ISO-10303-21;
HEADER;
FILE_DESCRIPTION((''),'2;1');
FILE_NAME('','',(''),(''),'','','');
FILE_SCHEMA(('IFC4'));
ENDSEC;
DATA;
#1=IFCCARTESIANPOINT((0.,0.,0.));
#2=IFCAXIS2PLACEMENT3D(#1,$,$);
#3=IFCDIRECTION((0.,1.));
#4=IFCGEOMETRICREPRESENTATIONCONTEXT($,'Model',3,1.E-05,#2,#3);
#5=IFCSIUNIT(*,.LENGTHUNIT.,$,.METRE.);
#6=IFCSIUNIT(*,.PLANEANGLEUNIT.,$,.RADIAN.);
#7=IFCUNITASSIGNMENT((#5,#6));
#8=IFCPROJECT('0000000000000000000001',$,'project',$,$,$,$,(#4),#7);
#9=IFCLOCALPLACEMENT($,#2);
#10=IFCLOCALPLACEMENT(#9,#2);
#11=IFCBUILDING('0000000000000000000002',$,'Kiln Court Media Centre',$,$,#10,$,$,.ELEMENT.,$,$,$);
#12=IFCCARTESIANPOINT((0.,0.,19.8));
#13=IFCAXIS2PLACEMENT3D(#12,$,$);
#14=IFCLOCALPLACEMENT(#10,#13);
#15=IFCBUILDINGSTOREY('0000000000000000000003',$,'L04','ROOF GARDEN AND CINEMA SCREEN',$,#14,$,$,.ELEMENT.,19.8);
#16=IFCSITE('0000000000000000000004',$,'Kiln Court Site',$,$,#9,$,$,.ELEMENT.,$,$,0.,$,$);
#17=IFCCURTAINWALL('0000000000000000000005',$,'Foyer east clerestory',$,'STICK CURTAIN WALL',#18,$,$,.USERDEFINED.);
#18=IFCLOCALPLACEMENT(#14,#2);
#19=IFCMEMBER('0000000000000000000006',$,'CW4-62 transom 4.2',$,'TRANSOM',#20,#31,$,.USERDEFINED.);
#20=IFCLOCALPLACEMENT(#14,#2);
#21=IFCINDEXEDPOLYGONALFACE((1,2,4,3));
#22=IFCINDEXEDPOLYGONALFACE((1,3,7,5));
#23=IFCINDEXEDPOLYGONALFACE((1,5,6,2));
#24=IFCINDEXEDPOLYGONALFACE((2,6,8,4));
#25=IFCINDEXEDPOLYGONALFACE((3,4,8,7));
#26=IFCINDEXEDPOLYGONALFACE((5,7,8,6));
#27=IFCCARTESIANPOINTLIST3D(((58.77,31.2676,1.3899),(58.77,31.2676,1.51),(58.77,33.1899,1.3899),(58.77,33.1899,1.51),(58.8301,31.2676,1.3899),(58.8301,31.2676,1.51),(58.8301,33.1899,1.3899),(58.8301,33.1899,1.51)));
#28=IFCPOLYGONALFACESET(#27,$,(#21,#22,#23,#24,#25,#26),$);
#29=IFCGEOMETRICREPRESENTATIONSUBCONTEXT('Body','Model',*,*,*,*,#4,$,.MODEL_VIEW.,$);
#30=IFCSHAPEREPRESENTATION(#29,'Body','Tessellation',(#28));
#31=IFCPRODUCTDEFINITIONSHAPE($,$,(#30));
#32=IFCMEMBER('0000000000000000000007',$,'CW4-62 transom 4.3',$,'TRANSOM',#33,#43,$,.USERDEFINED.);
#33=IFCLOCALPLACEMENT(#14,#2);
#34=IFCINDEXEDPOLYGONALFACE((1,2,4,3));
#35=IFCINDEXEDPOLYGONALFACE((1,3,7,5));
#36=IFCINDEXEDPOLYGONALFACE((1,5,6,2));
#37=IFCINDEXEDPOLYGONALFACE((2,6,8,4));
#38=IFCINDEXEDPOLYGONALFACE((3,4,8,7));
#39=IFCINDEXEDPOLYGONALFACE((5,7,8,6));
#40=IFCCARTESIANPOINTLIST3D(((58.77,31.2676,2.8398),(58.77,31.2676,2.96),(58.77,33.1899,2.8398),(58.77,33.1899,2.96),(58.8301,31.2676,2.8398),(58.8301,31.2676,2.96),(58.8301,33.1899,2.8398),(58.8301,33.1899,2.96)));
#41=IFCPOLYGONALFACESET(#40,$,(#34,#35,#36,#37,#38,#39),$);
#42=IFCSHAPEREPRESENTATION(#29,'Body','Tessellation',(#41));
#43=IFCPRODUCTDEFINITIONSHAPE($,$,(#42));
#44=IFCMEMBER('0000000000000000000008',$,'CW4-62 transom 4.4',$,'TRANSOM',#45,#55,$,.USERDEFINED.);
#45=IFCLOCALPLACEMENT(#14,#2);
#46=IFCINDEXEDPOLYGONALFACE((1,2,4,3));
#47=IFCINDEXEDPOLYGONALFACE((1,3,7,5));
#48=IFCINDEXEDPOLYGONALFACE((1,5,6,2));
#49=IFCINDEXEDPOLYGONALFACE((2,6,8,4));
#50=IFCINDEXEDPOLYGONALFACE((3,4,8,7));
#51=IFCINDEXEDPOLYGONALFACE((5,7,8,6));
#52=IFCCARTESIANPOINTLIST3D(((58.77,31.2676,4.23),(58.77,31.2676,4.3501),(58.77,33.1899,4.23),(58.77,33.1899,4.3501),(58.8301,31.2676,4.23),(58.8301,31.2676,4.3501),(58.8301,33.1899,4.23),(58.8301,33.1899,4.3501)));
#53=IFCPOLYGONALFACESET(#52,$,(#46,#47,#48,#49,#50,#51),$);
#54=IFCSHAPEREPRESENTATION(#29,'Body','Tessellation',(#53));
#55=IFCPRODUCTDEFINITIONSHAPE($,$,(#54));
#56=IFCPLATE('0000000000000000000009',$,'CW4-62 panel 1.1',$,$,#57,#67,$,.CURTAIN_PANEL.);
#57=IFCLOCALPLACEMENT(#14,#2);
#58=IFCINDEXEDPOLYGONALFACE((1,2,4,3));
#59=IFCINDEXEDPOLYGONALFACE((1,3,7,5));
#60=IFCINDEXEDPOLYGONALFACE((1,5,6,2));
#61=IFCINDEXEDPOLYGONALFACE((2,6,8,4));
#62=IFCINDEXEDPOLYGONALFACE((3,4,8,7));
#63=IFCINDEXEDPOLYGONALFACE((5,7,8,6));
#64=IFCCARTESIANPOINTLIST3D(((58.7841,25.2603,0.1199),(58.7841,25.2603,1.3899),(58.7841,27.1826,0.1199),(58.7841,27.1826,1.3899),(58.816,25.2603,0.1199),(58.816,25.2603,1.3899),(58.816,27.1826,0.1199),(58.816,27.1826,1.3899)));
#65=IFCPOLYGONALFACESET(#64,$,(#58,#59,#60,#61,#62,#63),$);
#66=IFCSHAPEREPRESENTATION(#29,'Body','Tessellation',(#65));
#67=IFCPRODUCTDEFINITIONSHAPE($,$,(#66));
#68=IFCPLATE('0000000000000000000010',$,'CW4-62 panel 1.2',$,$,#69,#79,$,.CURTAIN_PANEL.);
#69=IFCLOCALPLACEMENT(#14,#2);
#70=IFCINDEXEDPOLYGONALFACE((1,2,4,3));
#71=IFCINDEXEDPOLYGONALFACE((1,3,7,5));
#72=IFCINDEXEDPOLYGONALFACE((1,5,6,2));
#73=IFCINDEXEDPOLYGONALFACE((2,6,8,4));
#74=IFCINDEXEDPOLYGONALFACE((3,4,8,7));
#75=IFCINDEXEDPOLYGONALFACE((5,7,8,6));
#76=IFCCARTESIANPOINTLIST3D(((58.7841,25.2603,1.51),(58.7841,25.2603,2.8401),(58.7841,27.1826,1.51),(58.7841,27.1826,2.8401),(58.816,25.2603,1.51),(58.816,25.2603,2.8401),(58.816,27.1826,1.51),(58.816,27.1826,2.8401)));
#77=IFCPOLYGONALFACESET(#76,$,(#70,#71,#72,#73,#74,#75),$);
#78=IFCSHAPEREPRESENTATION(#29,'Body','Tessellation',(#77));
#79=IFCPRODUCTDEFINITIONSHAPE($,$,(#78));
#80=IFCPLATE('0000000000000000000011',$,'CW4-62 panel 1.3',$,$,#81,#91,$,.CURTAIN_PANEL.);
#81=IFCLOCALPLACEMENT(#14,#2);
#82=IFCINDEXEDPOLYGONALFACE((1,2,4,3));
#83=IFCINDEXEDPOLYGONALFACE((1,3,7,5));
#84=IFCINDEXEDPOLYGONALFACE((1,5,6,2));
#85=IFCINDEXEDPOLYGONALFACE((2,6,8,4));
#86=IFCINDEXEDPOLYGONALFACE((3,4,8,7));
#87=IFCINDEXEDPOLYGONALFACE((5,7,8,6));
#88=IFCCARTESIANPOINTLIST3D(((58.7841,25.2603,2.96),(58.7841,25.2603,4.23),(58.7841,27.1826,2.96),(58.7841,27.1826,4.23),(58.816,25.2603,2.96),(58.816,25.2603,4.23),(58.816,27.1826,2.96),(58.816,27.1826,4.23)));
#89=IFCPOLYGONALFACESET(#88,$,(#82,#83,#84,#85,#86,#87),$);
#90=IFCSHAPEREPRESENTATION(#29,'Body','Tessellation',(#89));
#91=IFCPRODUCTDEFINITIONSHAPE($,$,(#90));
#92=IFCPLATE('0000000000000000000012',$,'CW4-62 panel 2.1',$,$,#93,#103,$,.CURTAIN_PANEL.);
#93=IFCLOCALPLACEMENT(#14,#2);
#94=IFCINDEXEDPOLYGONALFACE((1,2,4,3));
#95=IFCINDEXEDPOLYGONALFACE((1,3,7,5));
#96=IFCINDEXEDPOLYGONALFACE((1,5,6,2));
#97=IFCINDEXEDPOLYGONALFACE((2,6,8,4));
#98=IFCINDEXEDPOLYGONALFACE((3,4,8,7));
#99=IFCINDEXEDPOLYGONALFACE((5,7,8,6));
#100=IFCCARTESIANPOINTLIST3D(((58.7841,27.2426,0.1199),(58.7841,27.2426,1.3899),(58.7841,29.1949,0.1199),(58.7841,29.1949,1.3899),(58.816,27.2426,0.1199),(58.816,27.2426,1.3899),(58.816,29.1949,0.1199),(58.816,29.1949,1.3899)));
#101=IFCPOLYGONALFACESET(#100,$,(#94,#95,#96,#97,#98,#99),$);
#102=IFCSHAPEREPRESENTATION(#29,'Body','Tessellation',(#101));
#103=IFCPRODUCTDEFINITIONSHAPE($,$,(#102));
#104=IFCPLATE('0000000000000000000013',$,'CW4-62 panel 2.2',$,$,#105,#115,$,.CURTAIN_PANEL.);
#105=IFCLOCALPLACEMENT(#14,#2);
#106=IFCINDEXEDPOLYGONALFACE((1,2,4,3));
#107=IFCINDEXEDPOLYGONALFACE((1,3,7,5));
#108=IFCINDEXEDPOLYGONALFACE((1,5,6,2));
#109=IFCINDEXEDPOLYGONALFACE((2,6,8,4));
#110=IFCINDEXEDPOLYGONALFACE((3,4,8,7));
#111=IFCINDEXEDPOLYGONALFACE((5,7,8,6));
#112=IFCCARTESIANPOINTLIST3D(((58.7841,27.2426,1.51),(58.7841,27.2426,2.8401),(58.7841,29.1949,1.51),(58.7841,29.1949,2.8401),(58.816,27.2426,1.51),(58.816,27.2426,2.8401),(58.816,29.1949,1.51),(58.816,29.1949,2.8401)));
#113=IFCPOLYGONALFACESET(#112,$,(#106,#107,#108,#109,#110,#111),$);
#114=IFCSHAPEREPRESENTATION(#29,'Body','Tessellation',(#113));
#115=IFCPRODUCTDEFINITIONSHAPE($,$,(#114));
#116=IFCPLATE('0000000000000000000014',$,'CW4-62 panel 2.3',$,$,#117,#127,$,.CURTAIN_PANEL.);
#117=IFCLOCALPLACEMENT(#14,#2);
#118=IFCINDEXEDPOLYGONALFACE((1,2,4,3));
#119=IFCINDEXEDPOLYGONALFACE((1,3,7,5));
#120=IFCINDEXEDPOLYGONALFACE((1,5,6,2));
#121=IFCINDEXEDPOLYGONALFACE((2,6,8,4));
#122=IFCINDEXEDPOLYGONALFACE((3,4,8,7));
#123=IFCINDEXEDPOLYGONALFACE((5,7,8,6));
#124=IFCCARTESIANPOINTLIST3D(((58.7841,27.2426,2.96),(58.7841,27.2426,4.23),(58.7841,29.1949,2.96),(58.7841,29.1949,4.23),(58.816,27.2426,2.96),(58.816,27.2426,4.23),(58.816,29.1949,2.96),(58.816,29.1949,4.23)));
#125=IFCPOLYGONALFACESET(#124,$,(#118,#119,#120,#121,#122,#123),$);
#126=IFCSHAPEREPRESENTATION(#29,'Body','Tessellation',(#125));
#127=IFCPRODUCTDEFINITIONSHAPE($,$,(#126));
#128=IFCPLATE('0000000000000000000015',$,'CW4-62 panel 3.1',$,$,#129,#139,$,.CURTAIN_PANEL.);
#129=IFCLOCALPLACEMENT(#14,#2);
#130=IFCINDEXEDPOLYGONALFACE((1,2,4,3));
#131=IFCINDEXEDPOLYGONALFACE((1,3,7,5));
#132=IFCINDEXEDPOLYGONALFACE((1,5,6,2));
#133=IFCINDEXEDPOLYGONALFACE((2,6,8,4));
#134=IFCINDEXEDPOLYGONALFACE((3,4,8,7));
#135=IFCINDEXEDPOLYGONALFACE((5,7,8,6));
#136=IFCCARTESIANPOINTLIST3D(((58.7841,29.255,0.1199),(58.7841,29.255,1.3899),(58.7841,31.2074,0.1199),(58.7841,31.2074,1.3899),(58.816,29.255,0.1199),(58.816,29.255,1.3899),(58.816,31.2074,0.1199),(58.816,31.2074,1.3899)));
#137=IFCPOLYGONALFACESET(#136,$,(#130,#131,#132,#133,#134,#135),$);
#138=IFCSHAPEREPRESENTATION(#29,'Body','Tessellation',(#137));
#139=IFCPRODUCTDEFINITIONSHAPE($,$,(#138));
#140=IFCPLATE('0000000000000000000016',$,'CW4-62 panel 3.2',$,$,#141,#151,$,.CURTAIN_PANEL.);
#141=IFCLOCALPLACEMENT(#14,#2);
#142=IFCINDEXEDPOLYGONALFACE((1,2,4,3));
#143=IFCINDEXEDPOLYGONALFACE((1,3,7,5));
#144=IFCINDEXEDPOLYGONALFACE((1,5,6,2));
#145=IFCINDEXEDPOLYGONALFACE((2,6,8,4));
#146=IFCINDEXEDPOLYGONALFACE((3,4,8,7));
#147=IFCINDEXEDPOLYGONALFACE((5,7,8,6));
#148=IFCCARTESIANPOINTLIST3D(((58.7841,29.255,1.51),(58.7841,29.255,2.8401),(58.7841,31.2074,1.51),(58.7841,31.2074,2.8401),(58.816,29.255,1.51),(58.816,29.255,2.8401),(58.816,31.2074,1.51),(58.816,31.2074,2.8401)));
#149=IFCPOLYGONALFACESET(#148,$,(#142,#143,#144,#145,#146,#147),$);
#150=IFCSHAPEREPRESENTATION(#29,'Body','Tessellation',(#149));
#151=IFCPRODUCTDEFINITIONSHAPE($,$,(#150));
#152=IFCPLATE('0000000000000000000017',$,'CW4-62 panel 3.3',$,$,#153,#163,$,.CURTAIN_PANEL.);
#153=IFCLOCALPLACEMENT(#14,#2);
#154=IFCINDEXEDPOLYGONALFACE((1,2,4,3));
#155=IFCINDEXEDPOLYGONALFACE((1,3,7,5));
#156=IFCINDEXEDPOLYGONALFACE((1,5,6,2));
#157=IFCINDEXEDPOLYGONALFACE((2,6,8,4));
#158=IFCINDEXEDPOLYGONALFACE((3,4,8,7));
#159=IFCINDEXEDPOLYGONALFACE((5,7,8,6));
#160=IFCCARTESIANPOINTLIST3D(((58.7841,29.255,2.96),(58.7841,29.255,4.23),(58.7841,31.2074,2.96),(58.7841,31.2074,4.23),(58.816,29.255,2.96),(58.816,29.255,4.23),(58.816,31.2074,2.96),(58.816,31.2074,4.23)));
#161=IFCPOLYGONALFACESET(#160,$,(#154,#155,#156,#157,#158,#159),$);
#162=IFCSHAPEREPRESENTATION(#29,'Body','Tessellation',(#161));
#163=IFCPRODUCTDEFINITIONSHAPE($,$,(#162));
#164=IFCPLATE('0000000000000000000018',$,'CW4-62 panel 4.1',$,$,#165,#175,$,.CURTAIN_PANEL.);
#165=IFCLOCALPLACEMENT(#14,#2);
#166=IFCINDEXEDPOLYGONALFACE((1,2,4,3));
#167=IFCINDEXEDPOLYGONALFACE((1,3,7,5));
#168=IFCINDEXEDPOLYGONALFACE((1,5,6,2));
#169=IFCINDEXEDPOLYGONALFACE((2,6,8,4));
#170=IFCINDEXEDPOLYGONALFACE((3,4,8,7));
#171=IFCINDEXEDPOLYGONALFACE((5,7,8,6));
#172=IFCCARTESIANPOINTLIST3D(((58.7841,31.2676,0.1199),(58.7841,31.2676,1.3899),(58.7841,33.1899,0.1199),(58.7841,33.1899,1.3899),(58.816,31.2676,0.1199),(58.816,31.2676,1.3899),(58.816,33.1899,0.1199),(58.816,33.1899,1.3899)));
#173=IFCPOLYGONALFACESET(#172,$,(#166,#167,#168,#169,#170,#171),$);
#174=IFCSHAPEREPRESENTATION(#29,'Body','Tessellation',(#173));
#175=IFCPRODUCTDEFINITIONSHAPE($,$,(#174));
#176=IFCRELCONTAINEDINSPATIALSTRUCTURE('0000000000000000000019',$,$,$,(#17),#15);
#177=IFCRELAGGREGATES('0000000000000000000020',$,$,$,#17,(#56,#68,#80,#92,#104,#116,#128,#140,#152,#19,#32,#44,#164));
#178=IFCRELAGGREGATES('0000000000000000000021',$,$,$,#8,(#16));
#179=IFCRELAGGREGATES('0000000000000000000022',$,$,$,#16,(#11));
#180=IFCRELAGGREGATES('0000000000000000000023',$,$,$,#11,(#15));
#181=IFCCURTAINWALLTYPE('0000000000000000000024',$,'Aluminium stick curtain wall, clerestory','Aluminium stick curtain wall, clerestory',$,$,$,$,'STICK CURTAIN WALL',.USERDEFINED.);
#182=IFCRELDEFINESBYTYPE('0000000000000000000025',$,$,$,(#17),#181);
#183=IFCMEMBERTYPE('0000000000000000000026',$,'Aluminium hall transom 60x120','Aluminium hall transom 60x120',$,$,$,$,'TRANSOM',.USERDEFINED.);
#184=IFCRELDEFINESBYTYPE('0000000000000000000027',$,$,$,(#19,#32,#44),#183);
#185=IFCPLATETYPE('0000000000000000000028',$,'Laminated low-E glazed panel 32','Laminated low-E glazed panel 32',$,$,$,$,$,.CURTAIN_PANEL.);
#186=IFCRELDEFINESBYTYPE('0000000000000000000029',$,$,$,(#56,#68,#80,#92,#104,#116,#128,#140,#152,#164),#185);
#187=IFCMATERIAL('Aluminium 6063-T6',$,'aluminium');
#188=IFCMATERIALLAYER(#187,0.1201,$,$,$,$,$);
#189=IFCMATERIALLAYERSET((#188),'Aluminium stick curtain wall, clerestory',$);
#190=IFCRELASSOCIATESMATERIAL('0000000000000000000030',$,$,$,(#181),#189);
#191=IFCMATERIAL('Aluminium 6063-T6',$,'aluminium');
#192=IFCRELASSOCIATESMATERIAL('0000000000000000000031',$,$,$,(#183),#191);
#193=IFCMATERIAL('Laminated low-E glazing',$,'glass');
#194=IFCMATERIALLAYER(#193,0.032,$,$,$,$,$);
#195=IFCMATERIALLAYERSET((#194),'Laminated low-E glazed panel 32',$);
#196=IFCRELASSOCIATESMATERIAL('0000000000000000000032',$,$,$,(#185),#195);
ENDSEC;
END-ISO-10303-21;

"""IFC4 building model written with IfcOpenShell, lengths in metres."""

from ifc_helpers import new_model, si_unit, direction, frame, origin, origin_2d, place, context, subcontext, project, spatial, rectangle, extrude, material, layer, layer_set, material_profile, profile_set, type_object, element, aggregate, save


model = new_model("IFC4")

# Units and contexts
model_context = context("Model", 3, precision=1e-05, world=origin(), true_north=direction((0.0, 1.0)))
body_context = subcontext(model_context, "Body", "Model", "MODEL_VIEW")
ifc_project = project(units=[si_unit("LENGTHUNIT", "METRE"), si_unit("PLANEANGLEUNIT", "RADIAN")], contexts=[model_context])

# Site, building, storey
site_placement = place(None, origin())
site = spatial("IfcSite", under=ifc_project, at=site_placement, Name="Kiln Court Site", CompositionType="ELEMENT", RefElevation=0.0)
building_placement = place(site_placement, origin())
building = spatial("IfcBuilding", under=site, at=building_placement, Name="Kiln Court Media Centre", CompositionType="ELEMENT")
storey_placement = place(building_placement, frame((0.0, 0.0, 19.8)))
storey = spatial("IfcBuildingStorey", under=building, at=storey_placement, Name="L04", Description="ROOF GARDEN AND CINEMA SCREEN", CompositionType="ELEMENT", Elevation=19.8)

# Curtain wall, members, plates
ifc_material_1 = material(Name="Aluminium 6063-T6", Category="aluminium")
ifc_layer_1 = layer(ifc_material_1, 0.1201)
ifc_layer_set_1 = layer_set([ifc_layer_1], Name="Aluminium stick curtain wall, clerestory")
curtain_wall_type = type_object("IfcCurtainWallType", Name="Aluminium stick curtain wall, clerestory", Description="Aluminium stick curtain wall, clerestory", ElementType="STICK CURTAIN WALL", PredefinedType="USERDEFINED", material=ifc_layer_set_1)
curtain_wall_placement = place(storey_placement, origin())
curtain_wall = element("IfcCurtainWall", 1, at=curtain_wall_placement, inside=storey, type_object=curtain_wall_type, Name="Foyer east clerestory", ObjectType="STICK CURTAIN WALL", PredefinedType="USERDEFINED")
ifc_material_2 = material(Name="Aluminium 6063-T6", Category="aluminium")
ifc_material_profile_1 = material_profile(ifc_material_2, rectangle(XDim=0.0601, YDim=0.1201, at=origin_2d()), Name="Aluminium hall transom 60x120")
ifc_profile_set_1 = profile_set([ifc_material_profile_1], Name="Aluminium 6063-T6")
member_type_1 = type_object("IfcMemberType", Name="Aluminium hall transom 60x120", Description="Aluminium hall transom 60x120", ElementType="TRANSOM", PredefinedType="USERDEFINED", material=ifc_profile_set_1)
member_1_placement = place(storey_placement, frame((58.8, 31.2676, 1.45), z_axis=(0.0, 1.0, 0.0), x_axis=(-1.0, 0.0, 0.0)))
member_1 = element("IfcMember", 2, at=member_1_placement, type_object=member_type_1, Name="CW4-62 transom 4.2", ObjectType="TRANSOM", PredefinedType="USERDEFINED", context=body_context, shape_type="SweptSolid", body=[
    extrude(rectangle(XDim=0.0601, YDim=0.1201, at=origin_2d()), origin(), (0.0, 0.0, 1.0), 1.9224),
])
member_2_placement = place(storey_placement, frame((58.8, 31.2676, 2.8999), z_axis=(0.0, 1.0, 0.0), x_axis=(-1.0, 0.0, 0.0)))
member_2 = element("IfcMember", 3, at=member_2_placement, type_object=member_type_1, Name="CW4-62 transom 4.3", ObjectType="TRANSOM", PredefinedType="USERDEFINED", context=body_context, shape_type="SweptSolid", body=[
    extrude(rectangle(XDim=0.0601, YDim=0.1201, at=origin_2d()), origin(), (0.0, 0.0, 1.0), 1.9224),
])
member_3_placement = place(storey_placement, frame((58.8, 31.2676, 4.29), z_axis=(0.0, 1.0, 0.0), x_axis=(-1.0, 0.0, 0.0)))
member_3 = element("IfcMember", 4, at=member_3_placement, type_object=member_type_1, Name="CW4-62 transom 4.4", ObjectType="TRANSOM", PredefinedType="USERDEFINED", context=body_context, shape_type="SweptSolid", body=[
    extrude(rectangle(XDim=0.0601, YDim=0.1201, at=origin_2d()), origin(), (0.0, 0.0, 1.0), 1.9224),
])
ifc_material_3 = material(Name="Laminated low-E glazing", Category="glass")
ifc_layer_2 = layer(ifc_material_3, 0.032)
ifc_layer_set_2 = layer_set([ifc_layer_2], Name="Laminated low-E glazed panel 32")
plate_type = type_object("IfcPlateType", Name="Laminated low-E glazed panel 32", Description="Laminated low-E glazed panel 32", PredefinedType="CURTAIN_PANEL", material=ifc_layer_set_2)
plate_1_placement = place(storey_placement, frame((58.8, 26.2214, 0.1199), z_axis=(0.0, 0.0, 1.0), x_axis=(0.0, 1.0, 0.0)))
plate_1 = element("IfcPlate", 5, at=plate_1_placement, type_object=plate_type, Name="CW4-62 panel 1.1", PredefinedType="CURTAIN_PANEL", context=body_context, shape_type="SweptSolid", body=[
    extrude(rectangle(XDim=1.9224, YDim=0.032, at=origin_2d()), origin(), (0.0, 0.0, 1.0), 1.27),
])
plate_2_placement = place(storey_placement, frame((58.8, 26.2214, 1.51), z_axis=(0.0, 0.0, 1.0), x_axis=(0.0, 1.0, 0.0)))
plate_2 = element("IfcPlate", 6, at=plate_2_placement, type_object=plate_type, Name="CW4-62 panel 1.2", PredefinedType="CURTAIN_PANEL", context=body_context, shape_type="SweptSolid", body=[
    extrude(rectangle(XDim=1.9224, YDim=0.032, at=origin_2d()), origin(), (0.0, 0.0, 1.0), 1.3301),
])
plate_3_placement = place(storey_placement, frame((58.8, 26.2214, 2.96), z_axis=(0.0, 0.0, 1.0), x_axis=(0.0, 1.0, 0.0)))
plate_3 = element("IfcPlate", 7, at=plate_3_placement, type_object=plate_type, Name="CW4-62 panel 1.3", PredefinedType="CURTAIN_PANEL", context=body_context, shape_type="SweptSolid", body=[
    extrude(rectangle(XDim=1.9224, YDim=0.032, at=origin_2d()), origin(), (0.0, 0.0, 1.0), 1.27),
])
plate_4_placement = place(storey_placement, frame((58.8, 28.2188, 0.1199), z_axis=(0.0, 0.0, 1.0), x_axis=(0.0, 1.0, 0.0)))
plate_4 = element("IfcPlate", 8, at=plate_4_placement, type_object=plate_type, Name="CW4-62 panel 2.1", PredefinedType="CURTAIN_PANEL", context=body_context, shape_type="SweptSolid", body=[
    extrude(rectangle(XDim=1.9524, YDim=0.032, at=origin_2d()), origin(), (0.0, 0.0, 1.0), 1.27),
])
plate_5_placement = place(storey_placement, frame((58.8, 28.2188, 1.51), z_axis=(0.0, 0.0, 1.0), x_axis=(0.0, 1.0, 0.0)))
plate_5 = element("IfcPlate", 9, at=plate_5_placement, type_object=plate_type, Name="CW4-62 panel 2.2", PredefinedType="CURTAIN_PANEL", context=body_context, shape_type="SweptSolid", body=[
    extrude(rectangle(XDim=1.9524, YDim=0.032, at=origin_2d()), origin(), (0.0, 0.0, 1.0), 1.3301),
])
plate_6_placement = place(storey_placement, frame((58.8, 28.2188, 2.96), z_axis=(0.0, 0.0, 1.0), x_axis=(0.0, 1.0, 0.0)))
plate_6 = element("IfcPlate", 10, at=plate_6_placement, type_object=plate_type, Name="CW4-62 panel 2.3", PredefinedType="CURTAIN_PANEL", context=body_context, shape_type="SweptSolid", body=[
    extrude(rectangle(XDim=1.9524, YDim=0.032, at=origin_2d()), origin(), (0.0, 0.0, 1.0), 1.27),
])
plate_7_placement = place(storey_placement, frame((58.8, 30.2312, 0.1199), z_axis=(0.0, 0.0, 1.0), x_axis=(0.0, 1.0, 0.0)))
plate_7 = element("IfcPlate", 11, at=plate_7_placement, type_object=plate_type, Name="CW4-62 panel 3.1", PredefinedType="CURTAIN_PANEL", context=body_context, shape_type="SweptSolid", body=[
    extrude(rectangle(XDim=1.9524, YDim=0.032, at=origin_2d()), origin(), (0.0, 0.0, 1.0), 1.27),
])
plate_8_placement = place(storey_placement, frame((58.8, 30.2312, 1.51), z_axis=(0.0, 0.0, 1.0), x_axis=(0.0, 1.0, 0.0)))
plate_8 = element("IfcPlate", 12, at=plate_8_placement, type_object=plate_type, Name="CW4-62 panel 3.2", PredefinedType="CURTAIN_PANEL", context=body_context, shape_type="SweptSolid", body=[
    extrude(rectangle(XDim=1.9524, YDim=0.032, at=origin_2d()), origin(), (0.0, 0.0, 1.0), 1.3301),
])
plate_9_placement = place(storey_placement, frame((58.8, 30.2312, 2.96), z_axis=(0.0, 0.0, 1.0), x_axis=(0.0, 1.0, 0.0)))
plate_9 = element("IfcPlate", 13, at=plate_9_placement, type_object=plate_type, Name="CW4-62 panel 3.3", PredefinedType="CURTAIN_PANEL", context=body_context, shape_type="SweptSolid", body=[
    extrude(rectangle(XDim=1.9524, YDim=0.032, at=origin_2d()), origin(), (0.0, 0.0, 1.0), 1.27),
])
plate_10_placement = place(storey_placement, frame((58.8, 32.2288, 0.1199), z_axis=(0.0, 0.0, 1.0), x_axis=(0.0, 1.0, 0.0)))
plate_10 = element("IfcPlate", 14, at=plate_10_placement, type_object=plate_type, Name="CW4-62 panel 4.1", PredefinedType="CURTAIN_PANEL", context=body_context, shape_type="SweptSolid", body=[
    extrude(rectangle(XDim=1.9224, YDim=0.032, at=origin_2d()), origin(), (0.0, 0.0, 1.0), 1.27),
])
aggregate(curtain_wall, [plate_1, plate_2, plate_3, plate_4, plate_5, plate_6, plate_7, plate_8, plate_9, member_1, member_2, member_3, plate_10])

save(model, "model.ifc")
